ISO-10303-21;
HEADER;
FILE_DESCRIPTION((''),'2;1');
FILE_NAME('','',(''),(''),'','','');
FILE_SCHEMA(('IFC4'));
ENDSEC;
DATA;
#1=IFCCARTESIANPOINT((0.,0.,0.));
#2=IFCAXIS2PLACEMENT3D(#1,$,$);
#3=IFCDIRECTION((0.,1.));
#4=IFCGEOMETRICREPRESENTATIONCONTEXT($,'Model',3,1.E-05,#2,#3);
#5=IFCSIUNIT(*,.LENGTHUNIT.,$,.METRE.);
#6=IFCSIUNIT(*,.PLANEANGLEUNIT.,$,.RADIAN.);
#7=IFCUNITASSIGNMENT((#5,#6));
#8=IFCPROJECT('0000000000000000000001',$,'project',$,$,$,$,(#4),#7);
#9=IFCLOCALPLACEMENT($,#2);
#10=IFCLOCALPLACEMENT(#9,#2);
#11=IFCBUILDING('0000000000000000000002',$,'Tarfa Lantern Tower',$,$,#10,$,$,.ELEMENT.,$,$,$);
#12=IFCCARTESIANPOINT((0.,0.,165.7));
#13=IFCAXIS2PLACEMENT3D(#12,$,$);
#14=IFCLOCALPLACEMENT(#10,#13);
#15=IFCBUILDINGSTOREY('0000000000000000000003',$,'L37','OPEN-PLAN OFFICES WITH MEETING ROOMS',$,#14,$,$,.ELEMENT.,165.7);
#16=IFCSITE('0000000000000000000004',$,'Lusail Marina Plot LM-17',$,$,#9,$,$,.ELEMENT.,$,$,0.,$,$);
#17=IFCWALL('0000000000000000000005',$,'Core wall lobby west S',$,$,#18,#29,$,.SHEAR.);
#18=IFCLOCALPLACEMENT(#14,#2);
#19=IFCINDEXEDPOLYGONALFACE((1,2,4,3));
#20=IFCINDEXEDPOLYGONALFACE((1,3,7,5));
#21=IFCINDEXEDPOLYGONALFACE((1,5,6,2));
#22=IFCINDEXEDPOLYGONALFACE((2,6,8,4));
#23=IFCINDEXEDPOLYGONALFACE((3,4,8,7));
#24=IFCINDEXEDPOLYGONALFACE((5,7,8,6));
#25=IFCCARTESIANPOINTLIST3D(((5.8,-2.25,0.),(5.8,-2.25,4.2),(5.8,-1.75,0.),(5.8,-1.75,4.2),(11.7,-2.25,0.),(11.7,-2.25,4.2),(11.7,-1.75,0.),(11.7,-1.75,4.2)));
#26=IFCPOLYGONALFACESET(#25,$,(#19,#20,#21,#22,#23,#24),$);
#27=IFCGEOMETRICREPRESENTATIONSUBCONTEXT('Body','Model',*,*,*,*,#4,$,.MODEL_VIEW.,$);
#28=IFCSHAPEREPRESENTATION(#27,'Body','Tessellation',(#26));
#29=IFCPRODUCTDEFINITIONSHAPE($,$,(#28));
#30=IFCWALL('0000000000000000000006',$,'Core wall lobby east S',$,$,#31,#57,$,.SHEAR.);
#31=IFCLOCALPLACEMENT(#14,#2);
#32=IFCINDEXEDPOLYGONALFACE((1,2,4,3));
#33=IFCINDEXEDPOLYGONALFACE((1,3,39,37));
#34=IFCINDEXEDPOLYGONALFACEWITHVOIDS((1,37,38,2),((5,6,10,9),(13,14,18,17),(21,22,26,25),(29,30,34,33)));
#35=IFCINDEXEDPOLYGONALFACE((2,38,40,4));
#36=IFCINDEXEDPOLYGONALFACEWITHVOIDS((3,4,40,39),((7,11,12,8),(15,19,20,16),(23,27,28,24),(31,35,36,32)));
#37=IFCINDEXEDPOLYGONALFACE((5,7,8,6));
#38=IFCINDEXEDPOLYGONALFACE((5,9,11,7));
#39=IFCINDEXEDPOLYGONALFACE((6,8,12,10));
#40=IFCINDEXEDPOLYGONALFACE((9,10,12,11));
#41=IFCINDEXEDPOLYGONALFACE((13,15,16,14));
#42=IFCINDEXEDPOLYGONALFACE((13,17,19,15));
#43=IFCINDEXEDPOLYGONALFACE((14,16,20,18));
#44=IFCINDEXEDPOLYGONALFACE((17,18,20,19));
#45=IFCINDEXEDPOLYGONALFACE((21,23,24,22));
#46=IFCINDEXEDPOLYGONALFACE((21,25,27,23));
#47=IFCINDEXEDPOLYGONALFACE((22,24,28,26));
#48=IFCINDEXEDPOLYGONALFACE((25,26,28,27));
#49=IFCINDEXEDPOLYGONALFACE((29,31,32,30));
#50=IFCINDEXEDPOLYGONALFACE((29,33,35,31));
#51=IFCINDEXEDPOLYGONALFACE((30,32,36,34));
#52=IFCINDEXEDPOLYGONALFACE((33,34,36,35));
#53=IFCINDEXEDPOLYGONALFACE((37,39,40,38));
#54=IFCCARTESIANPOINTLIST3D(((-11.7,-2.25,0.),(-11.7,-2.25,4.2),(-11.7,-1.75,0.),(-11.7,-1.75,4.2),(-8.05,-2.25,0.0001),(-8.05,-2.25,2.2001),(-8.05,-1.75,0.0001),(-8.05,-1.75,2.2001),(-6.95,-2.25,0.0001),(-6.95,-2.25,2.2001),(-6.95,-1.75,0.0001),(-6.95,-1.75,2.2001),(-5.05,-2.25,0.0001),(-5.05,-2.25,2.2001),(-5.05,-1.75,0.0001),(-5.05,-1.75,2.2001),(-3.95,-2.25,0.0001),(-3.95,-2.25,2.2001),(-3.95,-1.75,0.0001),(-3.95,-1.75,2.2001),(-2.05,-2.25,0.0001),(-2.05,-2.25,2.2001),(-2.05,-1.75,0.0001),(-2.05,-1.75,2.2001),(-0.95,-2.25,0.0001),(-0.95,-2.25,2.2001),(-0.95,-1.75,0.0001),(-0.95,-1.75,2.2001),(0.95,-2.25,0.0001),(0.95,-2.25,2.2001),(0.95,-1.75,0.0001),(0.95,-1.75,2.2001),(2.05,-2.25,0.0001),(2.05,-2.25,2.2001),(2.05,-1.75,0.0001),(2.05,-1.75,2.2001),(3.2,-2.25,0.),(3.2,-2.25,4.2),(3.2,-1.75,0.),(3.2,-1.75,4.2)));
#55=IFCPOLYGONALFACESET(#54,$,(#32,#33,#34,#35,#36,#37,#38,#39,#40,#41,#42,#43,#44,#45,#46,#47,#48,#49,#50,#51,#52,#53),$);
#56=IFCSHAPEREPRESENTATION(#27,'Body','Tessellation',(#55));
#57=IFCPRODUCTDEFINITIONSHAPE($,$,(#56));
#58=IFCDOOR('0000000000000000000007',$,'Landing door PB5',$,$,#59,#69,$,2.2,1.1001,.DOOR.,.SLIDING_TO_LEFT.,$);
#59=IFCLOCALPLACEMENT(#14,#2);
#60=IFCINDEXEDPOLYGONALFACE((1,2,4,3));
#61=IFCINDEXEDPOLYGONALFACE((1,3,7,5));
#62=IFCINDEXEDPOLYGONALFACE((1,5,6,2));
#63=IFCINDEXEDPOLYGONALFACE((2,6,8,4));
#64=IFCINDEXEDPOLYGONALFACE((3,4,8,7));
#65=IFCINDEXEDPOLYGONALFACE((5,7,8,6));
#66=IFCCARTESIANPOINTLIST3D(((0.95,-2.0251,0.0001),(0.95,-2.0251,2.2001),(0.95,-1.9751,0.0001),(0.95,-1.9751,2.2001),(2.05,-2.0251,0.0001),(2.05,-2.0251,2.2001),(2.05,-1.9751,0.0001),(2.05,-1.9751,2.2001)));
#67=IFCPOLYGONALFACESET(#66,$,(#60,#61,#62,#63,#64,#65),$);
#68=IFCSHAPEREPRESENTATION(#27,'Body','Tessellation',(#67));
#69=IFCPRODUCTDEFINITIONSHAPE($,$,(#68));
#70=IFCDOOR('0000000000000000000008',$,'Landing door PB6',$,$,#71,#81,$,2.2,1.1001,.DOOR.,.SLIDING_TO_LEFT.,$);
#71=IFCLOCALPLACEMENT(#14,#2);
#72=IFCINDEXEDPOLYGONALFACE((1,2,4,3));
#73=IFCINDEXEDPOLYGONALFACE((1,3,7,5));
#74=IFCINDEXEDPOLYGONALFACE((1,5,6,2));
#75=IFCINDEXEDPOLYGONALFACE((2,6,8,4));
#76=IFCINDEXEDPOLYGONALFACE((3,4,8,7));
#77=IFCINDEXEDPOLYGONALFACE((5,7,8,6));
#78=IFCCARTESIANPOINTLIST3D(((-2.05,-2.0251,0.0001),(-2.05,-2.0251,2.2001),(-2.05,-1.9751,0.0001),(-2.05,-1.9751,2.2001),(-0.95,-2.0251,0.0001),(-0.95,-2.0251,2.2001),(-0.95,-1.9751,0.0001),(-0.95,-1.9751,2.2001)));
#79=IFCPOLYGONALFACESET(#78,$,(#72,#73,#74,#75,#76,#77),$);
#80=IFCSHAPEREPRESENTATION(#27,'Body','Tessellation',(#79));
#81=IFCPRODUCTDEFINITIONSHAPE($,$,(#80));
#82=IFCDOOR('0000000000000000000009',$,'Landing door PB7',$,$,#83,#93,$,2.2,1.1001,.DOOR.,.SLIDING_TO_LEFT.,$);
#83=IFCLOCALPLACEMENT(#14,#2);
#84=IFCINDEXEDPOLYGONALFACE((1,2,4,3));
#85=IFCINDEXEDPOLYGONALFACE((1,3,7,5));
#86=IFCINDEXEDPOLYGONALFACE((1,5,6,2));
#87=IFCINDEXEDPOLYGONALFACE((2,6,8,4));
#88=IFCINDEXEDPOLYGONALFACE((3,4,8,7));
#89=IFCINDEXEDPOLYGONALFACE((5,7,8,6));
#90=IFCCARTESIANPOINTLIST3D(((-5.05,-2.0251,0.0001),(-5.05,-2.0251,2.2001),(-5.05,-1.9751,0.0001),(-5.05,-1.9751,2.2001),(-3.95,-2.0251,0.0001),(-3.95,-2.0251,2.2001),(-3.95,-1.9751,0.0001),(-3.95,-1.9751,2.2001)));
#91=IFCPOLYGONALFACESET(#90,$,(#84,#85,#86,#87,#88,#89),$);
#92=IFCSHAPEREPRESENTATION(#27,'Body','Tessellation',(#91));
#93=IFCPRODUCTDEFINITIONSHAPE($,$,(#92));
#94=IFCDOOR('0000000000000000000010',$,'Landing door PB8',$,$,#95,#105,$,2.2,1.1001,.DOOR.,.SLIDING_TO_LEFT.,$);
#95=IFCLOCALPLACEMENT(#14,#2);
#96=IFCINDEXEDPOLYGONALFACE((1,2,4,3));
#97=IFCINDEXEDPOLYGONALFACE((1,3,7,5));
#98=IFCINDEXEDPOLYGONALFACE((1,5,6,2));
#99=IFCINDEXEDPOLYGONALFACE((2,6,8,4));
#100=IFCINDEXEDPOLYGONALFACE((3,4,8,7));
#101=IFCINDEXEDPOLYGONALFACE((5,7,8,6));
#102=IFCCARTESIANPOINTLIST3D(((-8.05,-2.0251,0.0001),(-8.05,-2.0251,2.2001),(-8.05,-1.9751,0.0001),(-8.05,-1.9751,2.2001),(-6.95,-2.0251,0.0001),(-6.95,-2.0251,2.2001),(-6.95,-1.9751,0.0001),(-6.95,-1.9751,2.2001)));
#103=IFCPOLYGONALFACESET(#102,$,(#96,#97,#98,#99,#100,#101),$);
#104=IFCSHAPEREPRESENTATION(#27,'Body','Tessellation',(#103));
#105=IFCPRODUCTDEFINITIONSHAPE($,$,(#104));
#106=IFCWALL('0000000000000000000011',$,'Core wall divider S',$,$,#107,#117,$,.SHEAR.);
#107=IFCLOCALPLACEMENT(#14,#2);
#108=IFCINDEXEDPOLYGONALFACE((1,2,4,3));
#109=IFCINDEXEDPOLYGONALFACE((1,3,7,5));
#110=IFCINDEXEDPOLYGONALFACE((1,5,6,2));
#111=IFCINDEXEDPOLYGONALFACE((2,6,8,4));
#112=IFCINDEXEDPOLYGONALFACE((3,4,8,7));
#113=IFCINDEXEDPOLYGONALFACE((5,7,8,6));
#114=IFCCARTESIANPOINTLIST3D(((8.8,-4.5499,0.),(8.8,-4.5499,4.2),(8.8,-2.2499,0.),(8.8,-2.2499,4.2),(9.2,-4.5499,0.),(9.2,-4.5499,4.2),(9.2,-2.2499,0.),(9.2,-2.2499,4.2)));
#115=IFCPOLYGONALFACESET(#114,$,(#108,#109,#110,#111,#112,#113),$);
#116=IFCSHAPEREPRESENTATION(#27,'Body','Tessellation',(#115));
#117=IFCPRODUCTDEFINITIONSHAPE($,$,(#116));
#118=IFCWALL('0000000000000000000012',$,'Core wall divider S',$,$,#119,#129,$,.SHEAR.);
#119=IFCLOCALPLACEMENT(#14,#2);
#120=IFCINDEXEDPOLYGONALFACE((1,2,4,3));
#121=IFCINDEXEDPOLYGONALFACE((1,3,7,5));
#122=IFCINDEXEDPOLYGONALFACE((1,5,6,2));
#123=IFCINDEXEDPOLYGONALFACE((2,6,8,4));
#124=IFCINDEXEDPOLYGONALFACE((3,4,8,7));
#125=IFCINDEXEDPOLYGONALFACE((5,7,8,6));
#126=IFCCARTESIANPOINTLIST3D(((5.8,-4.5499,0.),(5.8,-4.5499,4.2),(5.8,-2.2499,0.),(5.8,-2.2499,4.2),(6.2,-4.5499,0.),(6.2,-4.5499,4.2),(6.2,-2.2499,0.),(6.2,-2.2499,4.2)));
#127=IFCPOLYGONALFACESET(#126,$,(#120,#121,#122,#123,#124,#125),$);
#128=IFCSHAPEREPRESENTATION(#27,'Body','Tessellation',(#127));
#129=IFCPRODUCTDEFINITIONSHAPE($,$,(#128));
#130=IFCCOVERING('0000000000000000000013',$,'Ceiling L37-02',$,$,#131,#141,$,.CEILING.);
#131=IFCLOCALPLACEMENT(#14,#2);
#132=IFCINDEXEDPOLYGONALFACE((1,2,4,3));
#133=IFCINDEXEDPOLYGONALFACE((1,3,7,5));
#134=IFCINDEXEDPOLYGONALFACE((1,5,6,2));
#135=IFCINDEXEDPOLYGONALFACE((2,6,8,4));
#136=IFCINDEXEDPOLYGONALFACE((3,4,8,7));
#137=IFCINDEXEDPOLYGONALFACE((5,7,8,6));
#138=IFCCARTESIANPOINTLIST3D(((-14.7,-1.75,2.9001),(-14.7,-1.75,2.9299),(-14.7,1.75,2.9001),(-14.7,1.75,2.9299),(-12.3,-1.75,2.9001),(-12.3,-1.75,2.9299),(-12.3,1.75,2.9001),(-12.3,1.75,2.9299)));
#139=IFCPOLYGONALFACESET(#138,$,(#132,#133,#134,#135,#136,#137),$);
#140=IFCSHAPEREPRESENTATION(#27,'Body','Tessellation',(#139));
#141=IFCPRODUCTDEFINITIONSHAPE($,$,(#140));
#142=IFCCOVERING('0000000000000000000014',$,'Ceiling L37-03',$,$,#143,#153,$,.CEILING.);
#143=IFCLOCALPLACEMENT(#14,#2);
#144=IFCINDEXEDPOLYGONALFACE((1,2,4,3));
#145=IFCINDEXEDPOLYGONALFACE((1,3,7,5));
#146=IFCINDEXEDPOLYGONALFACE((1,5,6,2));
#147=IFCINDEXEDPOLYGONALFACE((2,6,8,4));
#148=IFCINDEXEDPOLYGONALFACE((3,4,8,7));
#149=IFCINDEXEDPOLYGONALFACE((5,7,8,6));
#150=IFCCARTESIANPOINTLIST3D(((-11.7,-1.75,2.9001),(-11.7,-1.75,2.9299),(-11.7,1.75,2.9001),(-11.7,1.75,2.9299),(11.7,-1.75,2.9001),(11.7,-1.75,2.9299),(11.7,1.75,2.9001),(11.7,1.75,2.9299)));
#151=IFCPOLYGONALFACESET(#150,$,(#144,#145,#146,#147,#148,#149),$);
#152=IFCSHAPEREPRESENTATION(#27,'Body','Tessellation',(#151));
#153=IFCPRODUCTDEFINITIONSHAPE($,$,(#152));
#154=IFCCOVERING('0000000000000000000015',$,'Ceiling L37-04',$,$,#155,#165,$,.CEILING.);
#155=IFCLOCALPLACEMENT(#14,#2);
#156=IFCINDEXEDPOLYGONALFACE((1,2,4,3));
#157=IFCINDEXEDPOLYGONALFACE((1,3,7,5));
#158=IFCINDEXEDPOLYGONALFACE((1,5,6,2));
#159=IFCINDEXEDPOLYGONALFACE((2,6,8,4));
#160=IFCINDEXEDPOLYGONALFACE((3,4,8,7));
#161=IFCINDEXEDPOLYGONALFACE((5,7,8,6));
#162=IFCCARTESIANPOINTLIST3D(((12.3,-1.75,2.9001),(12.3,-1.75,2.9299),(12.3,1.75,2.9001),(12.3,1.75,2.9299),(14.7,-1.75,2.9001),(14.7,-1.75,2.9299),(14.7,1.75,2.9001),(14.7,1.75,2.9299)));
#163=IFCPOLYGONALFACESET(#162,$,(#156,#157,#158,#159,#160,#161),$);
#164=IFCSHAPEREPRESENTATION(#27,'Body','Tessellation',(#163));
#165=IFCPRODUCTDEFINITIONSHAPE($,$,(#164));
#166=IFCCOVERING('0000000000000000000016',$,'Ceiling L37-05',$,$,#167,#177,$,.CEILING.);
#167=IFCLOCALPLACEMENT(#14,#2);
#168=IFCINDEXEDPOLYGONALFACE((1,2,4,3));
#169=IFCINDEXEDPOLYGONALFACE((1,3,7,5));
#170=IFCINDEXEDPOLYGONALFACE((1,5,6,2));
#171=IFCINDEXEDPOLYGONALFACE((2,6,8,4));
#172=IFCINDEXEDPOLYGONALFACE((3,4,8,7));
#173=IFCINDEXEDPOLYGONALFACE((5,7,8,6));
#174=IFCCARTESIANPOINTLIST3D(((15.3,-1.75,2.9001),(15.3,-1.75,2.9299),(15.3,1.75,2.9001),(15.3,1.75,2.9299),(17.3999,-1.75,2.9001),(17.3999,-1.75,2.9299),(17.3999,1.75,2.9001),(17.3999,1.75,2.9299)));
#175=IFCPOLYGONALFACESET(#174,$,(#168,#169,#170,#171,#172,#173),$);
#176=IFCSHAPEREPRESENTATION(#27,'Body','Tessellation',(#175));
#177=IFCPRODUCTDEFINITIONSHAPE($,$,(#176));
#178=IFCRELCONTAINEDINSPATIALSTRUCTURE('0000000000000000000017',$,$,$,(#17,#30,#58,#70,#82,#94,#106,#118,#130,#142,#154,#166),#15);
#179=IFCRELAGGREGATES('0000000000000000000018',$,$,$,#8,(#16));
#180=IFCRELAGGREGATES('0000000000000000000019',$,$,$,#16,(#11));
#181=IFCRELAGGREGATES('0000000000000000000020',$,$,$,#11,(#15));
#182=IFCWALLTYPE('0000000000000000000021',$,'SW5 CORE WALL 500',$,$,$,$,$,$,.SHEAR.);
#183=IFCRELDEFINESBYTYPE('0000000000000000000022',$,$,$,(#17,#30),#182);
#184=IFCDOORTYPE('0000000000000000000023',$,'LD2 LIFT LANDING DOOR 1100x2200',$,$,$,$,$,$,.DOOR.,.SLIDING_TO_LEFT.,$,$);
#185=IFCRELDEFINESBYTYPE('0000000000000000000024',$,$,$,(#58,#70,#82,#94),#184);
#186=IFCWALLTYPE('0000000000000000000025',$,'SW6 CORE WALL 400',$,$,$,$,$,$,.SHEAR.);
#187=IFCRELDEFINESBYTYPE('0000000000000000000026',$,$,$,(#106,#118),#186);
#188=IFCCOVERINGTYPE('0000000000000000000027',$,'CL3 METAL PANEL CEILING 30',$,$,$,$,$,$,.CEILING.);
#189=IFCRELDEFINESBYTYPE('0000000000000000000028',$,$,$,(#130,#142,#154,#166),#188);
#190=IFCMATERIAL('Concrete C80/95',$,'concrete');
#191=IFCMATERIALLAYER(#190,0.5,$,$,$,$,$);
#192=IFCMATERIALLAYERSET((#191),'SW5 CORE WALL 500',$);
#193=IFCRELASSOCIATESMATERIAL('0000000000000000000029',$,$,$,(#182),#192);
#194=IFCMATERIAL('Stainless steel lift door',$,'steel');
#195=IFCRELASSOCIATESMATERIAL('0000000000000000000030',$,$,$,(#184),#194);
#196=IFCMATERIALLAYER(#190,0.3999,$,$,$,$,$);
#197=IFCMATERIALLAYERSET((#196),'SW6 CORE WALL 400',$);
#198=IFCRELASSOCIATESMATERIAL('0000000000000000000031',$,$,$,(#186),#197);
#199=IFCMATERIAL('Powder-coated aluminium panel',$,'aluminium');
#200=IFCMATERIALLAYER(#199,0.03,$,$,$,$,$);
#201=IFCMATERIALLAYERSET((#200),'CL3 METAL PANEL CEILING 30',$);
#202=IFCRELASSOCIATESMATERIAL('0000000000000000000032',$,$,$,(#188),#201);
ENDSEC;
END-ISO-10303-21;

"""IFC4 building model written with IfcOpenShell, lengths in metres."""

from ifc_helpers import new_model, si_unit, direction, frame, frame_2d, origin, place, context, subcontext, project, spatial, polyline, rectangle, outline, extrude, material, layer, layer_set, type_object, element, fill, save


model = new_model("IFC4")

# Units and contexts
model_context = context("Model", 3, precision=1e-05, world=origin(), true_north=direction((0.0, 1.0)))
body_context = subcontext(model_context, "Body", "Model", "MODEL_VIEW")
ifc_project = project(units=[si_unit("LENGTHUNIT", "METRE"), si_unit("PLANEANGLEUNIT", "RADIAN")], contexts=[model_context])

# Site, building, storey
site_placement = place(None, origin())
site = spatial("IfcSite", under=ifc_project, at=site_placement, Name="Lusail Marina Plot LM-17", CompositionType="ELEMENT", RefElevation=0.0)
building_placement = place(site_placement, origin())
building = spatial("IfcBuilding", under=site, at=building_placement, Name="Tarfa Lantern Tower", CompositionType="ELEMENT")
storey_placement = place(building_placement, frame((0.0, 0.0, 165.7)))
storey = spatial("IfcBuildingStorey", under=building, at=storey_placement, Name="L37", Description="OPEN-PLAN OFFICES WITH MEETING ROOMS", CompositionType="ELEMENT", Elevation=165.7)

# Wall
ifc_material_1 = material(Name="Concrete C80/95", Category="concrete")
ifc_layer_1 = layer(ifc_material_1, 0.5)
ifc_layer_set_1 = layer_set([ifc_layer_1], Name="SW5 CORE WALL 500")
wall_type_1 = type_object("IfcWallType", Name="SW5 CORE WALL 500", PredefinedType="SHEAR", material=ifc_layer_set_1)
wall_1_placement = place(storey_placement, frame((11.7, -2.0, 0.0), z_axis=(0.0, 0.0, 1.0), x_axis=(-1.0, 0.0, 0.0)))
element("IfcWall", 1, at=wall_1_placement, inside=storey, type_object=wall_type_1, Name="Core wall lobby west S", PredefinedType="SHEAR", context=body_context, shape_type="SweptSolid", body=[
    extrude(rectangle(XDim=5.8999, YDim=0.5, at=frame_2d((2.95, 0.0))), origin(), (0.0, 0.0, 1.0), 4.2),
])

# Wall, openings, doors
wall_2_placement = place(storey_placement, frame((3.2, -2.0, 0.0), z_axis=(0.0, 0.0, 1.0), x_axis=(-1.0, 0.0, 0.0)))
wall_2 = element("IfcWall", 2, at=wall_2_placement, inside=storey, type_object=wall_type_1, Name="Core wall lobby east S", PredefinedType="SHEAR", context=body_context, shape_type="SweptSolid", body=[
    extrude(rectangle(XDim=14.8999, YDim=0.5, at=frame_2d((7.45, 0.0))), origin(), (0.0, 0.0, 1.0), 4.2),
])
opening_1_placement = place(wall_2_placement, frame((1.1499, 0.0, 0.0)))
opening_1 = element("IfcOpeningElement", 3, at=opening_1_placement, cuts=wall_2, PredefinedType="OPENING", context=body_context, shape_type="SweptSolid", body=[
    extrude(rectangle(XDim=1.1001, YDim=2.2, at=frame_2d((0.55, 1.1001))), frame((0.0, 0.26, 0.0), z_axis=(0.0, -1.0, 0.0), x_axis=(1.0, 0.0, 0.0)), (0.0, 0.0, 1.0), 0.52),
])
opening_2_placement = place(wall_2_placement, frame((4.1499, 0.0, 0.0)))
opening_2 = element("IfcOpeningElement", 4, at=opening_2_placement, cuts=wall_2, PredefinedType="OPENING", context=body_context, shape_type="SweptSolid", body=[
    extrude(rectangle(XDim=1.1001, YDim=2.2, at=frame_2d((0.55, 1.1001))), frame((0.0, 0.26, 0.0), z_axis=(0.0, -1.0, 0.0), x_axis=(1.0, 0.0, 0.0)), (0.0, 0.0, 1.0), 0.52),
])
opening_3_placement = place(wall_2_placement, frame((7.1499, 0.0, 0.0)))
opening_3 = element("IfcOpeningElement", 5, at=opening_3_placement, cuts=wall_2, PredefinedType="OPENING", context=body_context, shape_type="SweptSolid", body=[
    extrude(rectangle(XDim=1.1001, YDim=2.2, at=frame_2d((0.55, 1.1001))), frame((0.0, 0.26, 0.0), z_axis=(0.0, -1.0, 0.0), x_axis=(1.0, 0.0, 0.0)), (0.0, 0.0, 1.0), 0.52),
])
opening_4_placement = place(wall_2_placement, frame((10.1499, 0.0, 0.0)))
opening_4 = element("IfcOpeningElement", 6, at=opening_4_placement, cuts=wall_2, PredefinedType="OPENING", context=body_context, shape_type="SweptSolid", body=[
    extrude(rectangle(XDim=1.1001, YDim=2.2, at=frame_2d((0.55, 1.1001))), frame((0.0, 0.26, 0.0), z_axis=(0.0, -1.0, 0.0), x_axis=(1.0, 0.0, 0.0)), (0.0, 0.0, 1.0), 0.52),
])
ifc_material_2 = material(Name="Stainless steel lift door", Category="steel")
door_type = type_object("IfcDoorType", Name="LD2 LIFT LANDING DOOR 1100x2200", OperationType="SLIDING_TO_LEFT", PredefinedType="DOOR", material=ifc_material_2)
door_1_placement = place(opening_1_placement, frame((1.1001, 0.0, 0.0), z_axis=(0.0, 0.0, 1.0), x_axis=(-1.0, 0.0, 0.0)))
door_1 = element("IfcDoor", 7, at=door_1_placement, inside=storey, type_object=door_type, Name="Landing door PB5", OperationType="SLIDING_TO_LEFT", OverallHeight=2.2, OverallWidth=1.1001, PredefinedType="DOOR", context=body_context, shape_type="SweptSolid", body=[
    extrude(rectangle(XDim=1.1001, YDim=2.2, at=frame_2d((0.55, 1.1001))), frame((0.0, 0.0249, 0.0), z_axis=(0.0, -1.0, 0.0), x_axis=(1.0, 0.0, 0.0)), (0.0, 0.0, 1.0), 0.05),
])
fill(opening_1, door_1)
door_2_placement = place(opening_2_placement, frame((1.1001, 0.0, 0.0), z_axis=(0.0, 0.0, 1.0), x_axis=(-1.0, 0.0, 0.0)))
door_2 = element("IfcDoor", 8, at=door_2_placement, inside=storey, type_object=door_type, Name="Landing door PB6", OperationType="SLIDING_TO_LEFT", OverallHeight=2.2, OverallWidth=1.1001, PredefinedType="DOOR", context=body_context, shape_type="SweptSolid", body=[
    extrude(rectangle(XDim=1.1001, YDim=2.2, at=frame_2d((0.55, 1.1001))), frame((0.0, 0.0249, 0.0), z_axis=(0.0, -1.0, 0.0), x_axis=(1.0, 0.0, 0.0)), (0.0, 0.0, 1.0), 0.05),
])
fill(opening_2, door_2)
door_3_placement = place(opening_3_placement, frame((1.1001, 0.0, 0.0), z_axis=(0.0, 0.0, 1.0), x_axis=(-1.0, 0.0, 0.0)))
door_3 = element("IfcDoor", 9, at=door_3_placement, inside=storey, type_object=door_type, Name="Landing door PB7", OperationType="SLIDING_TO_LEFT", OverallHeight=2.2, OverallWidth=1.1001, PredefinedType="DOOR", context=body_context, shape_type="SweptSolid", body=[
    extrude(rectangle(XDim=1.1001, YDim=2.2, at=frame_2d((0.55, 1.1001))), frame((0.0, 0.0249, 0.0), z_axis=(0.0, -1.0, 0.0), x_axis=(1.0, 0.0, 0.0)), (0.0, 0.0, 1.0), 0.05),
])
fill(opening_3, door_3)
door_4_placement = place(opening_4_placement, frame((1.1001, 0.0, 0.0), z_axis=(0.0, 0.0, 1.0), x_axis=(-1.0, 0.0, 0.0)))
door_4 = element("IfcDoor", 10, at=door_4_placement, inside=storey, type_object=door_type, Name="Landing door PB8", OperationType="SLIDING_TO_LEFT", OverallHeight=2.2, OverallWidth=1.1001, PredefinedType="DOOR", context=body_context, shape_type="SweptSolid", body=[
    extrude(rectangle(XDim=1.1001, YDim=2.2, at=frame_2d((0.55, 1.1001))), frame((0.0, 0.0249, 0.0), z_axis=(0.0, -1.0, 0.0), x_axis=(1.0, 0.0, 0.0)), (0.0, 0.0, 1.0), 0.05),
])
fill(opening_4, door_4)

# Walls
ifc_layer_2 = layer(ifc_material_1, 0.3999)
ifc_layer_set_2 = layer_set([ifc_layer_2], Name="SW6 CORE WALL 400")
wall_type_2 = type_object("IfcWallType", Name="SW6 CORE WALL 400", PredefinedType="SHEAR", material=ifc_layer_set_2)
for number, where, z_axis, x_axis, name in (
    (11, (9.0, -2.25, 0.0), (0.0, 0.0, 1.0), (0.0, -1.0, 0.0), "Core wall divider S"),
    (12, (6.0, -2.25, 0.0), (0.0, 0.0, 1.0), (0.0, -1.0, 0.0), "Core wall divider S"),
):
    element("IfcWall", number, at=place(storey_placement, frame(where, z_axis=z_axis, x_axis=x_axis)), inside=storey, type_object=wall_type_2, Name=name, PredefinedType="SHEAR", context=body_context, shape_type="SweptSolid", body=[
        extrude(rectangle(XDim=2.3, YDim=0.3999, at=frame_2d((1.1499, 0.0))), origin(), (0.0, 0.0, 1.0), 4.2),
    ])

# Coverings
ifc_material_3 = material(Name="Powder-coated aluminium panel", Category="aluminium")
ifc_layer_3 = layer(ifc_material_3, 0.03)
ifc_layer_set_3 = layer_set([ifc_layer_3], Name="CL3 METAL PANEL CEILING 30")
covering_type_1 = type_object("IfcCoveringType", Name="CL3 METAL PANEL CEILING 30", PredefinedType="CEILING", material=ifc_layer_set_3)
covering_1_placement = place(storey_placement, frame((0.0, 0.0, 2.9001)))
element("IfcCovering", 13, at=covering_1_placement, inside=storey, type_object=covering_type_1, Name="Ceiling L37-02", PredefinedType="CEILING", context=body_context, shape_type="SweptSolid", body=[
    extrude(outline(polyline([(-14.7, -1.75), (-12.3, -1.75), (-12.3, 1.75), (-14.7, 1.75), (-14.7, -1.75)])), origin(), (0.0, 0.0, 1.0), 0.0298),
])
covering_2_placement = place(storey_placement, frame((0.0, 0.0, 2.9001)))
element("IfcCovering", 14, at=covering_2_placement, inside=storey, type_object=covering_type_1, Name="Ceiling L37-03", PredefinedType="CEILING", context=body_context, shape_type="SweptSolid", body=[
    extrude(outline(polyline([(-11.7, -1.75), (11.7, -1.75), (11.7, 1.75), (-11.7, 1.75), (-11.7, -1.75)])), origin(), (0.0, 0.0, 1.0), 0.0298),
])
covering_3_placement = place(storey_placement, frame((0.0, 0.0, 2.9001)))
element("IfcCovering", 15, at=covering_3_placement, inside=storey, type_object=covering_type_1, Name="Ceiling L37-04", PredefinedType="CEILING", context=body_context, shape_type="SweptSolid", body=[
    extrude(outline(polyline([(12.3, -1.75), (14.7, -1.75), (14.7, 1.75), (12.3, 1.75), (12.3, -1.75)])), origin(), (0.0, 0.0, 1.0), 0.0298),
])
covering_4_placement = place(storey_placement, frame((0.0, 0.0, 2.9001)))
element("IfcCovering", 16, at=covering_4_placement, inside=storey, type_object=covering_type_1, Name="Ceiling L37-05", PredefinedType="CEILING", context=body_context, shape_type="SweptSolid", body=[
    extrude(outline(polyline([(15.3, -1.75), (17.3999, -1.75), (17.3999, 1.75), (15.3, 1.75), (15.3, -1.75)])), origin(), (0.0, 0.0, 1.0), 0.0298),
])

save(model, "model.ifc")
